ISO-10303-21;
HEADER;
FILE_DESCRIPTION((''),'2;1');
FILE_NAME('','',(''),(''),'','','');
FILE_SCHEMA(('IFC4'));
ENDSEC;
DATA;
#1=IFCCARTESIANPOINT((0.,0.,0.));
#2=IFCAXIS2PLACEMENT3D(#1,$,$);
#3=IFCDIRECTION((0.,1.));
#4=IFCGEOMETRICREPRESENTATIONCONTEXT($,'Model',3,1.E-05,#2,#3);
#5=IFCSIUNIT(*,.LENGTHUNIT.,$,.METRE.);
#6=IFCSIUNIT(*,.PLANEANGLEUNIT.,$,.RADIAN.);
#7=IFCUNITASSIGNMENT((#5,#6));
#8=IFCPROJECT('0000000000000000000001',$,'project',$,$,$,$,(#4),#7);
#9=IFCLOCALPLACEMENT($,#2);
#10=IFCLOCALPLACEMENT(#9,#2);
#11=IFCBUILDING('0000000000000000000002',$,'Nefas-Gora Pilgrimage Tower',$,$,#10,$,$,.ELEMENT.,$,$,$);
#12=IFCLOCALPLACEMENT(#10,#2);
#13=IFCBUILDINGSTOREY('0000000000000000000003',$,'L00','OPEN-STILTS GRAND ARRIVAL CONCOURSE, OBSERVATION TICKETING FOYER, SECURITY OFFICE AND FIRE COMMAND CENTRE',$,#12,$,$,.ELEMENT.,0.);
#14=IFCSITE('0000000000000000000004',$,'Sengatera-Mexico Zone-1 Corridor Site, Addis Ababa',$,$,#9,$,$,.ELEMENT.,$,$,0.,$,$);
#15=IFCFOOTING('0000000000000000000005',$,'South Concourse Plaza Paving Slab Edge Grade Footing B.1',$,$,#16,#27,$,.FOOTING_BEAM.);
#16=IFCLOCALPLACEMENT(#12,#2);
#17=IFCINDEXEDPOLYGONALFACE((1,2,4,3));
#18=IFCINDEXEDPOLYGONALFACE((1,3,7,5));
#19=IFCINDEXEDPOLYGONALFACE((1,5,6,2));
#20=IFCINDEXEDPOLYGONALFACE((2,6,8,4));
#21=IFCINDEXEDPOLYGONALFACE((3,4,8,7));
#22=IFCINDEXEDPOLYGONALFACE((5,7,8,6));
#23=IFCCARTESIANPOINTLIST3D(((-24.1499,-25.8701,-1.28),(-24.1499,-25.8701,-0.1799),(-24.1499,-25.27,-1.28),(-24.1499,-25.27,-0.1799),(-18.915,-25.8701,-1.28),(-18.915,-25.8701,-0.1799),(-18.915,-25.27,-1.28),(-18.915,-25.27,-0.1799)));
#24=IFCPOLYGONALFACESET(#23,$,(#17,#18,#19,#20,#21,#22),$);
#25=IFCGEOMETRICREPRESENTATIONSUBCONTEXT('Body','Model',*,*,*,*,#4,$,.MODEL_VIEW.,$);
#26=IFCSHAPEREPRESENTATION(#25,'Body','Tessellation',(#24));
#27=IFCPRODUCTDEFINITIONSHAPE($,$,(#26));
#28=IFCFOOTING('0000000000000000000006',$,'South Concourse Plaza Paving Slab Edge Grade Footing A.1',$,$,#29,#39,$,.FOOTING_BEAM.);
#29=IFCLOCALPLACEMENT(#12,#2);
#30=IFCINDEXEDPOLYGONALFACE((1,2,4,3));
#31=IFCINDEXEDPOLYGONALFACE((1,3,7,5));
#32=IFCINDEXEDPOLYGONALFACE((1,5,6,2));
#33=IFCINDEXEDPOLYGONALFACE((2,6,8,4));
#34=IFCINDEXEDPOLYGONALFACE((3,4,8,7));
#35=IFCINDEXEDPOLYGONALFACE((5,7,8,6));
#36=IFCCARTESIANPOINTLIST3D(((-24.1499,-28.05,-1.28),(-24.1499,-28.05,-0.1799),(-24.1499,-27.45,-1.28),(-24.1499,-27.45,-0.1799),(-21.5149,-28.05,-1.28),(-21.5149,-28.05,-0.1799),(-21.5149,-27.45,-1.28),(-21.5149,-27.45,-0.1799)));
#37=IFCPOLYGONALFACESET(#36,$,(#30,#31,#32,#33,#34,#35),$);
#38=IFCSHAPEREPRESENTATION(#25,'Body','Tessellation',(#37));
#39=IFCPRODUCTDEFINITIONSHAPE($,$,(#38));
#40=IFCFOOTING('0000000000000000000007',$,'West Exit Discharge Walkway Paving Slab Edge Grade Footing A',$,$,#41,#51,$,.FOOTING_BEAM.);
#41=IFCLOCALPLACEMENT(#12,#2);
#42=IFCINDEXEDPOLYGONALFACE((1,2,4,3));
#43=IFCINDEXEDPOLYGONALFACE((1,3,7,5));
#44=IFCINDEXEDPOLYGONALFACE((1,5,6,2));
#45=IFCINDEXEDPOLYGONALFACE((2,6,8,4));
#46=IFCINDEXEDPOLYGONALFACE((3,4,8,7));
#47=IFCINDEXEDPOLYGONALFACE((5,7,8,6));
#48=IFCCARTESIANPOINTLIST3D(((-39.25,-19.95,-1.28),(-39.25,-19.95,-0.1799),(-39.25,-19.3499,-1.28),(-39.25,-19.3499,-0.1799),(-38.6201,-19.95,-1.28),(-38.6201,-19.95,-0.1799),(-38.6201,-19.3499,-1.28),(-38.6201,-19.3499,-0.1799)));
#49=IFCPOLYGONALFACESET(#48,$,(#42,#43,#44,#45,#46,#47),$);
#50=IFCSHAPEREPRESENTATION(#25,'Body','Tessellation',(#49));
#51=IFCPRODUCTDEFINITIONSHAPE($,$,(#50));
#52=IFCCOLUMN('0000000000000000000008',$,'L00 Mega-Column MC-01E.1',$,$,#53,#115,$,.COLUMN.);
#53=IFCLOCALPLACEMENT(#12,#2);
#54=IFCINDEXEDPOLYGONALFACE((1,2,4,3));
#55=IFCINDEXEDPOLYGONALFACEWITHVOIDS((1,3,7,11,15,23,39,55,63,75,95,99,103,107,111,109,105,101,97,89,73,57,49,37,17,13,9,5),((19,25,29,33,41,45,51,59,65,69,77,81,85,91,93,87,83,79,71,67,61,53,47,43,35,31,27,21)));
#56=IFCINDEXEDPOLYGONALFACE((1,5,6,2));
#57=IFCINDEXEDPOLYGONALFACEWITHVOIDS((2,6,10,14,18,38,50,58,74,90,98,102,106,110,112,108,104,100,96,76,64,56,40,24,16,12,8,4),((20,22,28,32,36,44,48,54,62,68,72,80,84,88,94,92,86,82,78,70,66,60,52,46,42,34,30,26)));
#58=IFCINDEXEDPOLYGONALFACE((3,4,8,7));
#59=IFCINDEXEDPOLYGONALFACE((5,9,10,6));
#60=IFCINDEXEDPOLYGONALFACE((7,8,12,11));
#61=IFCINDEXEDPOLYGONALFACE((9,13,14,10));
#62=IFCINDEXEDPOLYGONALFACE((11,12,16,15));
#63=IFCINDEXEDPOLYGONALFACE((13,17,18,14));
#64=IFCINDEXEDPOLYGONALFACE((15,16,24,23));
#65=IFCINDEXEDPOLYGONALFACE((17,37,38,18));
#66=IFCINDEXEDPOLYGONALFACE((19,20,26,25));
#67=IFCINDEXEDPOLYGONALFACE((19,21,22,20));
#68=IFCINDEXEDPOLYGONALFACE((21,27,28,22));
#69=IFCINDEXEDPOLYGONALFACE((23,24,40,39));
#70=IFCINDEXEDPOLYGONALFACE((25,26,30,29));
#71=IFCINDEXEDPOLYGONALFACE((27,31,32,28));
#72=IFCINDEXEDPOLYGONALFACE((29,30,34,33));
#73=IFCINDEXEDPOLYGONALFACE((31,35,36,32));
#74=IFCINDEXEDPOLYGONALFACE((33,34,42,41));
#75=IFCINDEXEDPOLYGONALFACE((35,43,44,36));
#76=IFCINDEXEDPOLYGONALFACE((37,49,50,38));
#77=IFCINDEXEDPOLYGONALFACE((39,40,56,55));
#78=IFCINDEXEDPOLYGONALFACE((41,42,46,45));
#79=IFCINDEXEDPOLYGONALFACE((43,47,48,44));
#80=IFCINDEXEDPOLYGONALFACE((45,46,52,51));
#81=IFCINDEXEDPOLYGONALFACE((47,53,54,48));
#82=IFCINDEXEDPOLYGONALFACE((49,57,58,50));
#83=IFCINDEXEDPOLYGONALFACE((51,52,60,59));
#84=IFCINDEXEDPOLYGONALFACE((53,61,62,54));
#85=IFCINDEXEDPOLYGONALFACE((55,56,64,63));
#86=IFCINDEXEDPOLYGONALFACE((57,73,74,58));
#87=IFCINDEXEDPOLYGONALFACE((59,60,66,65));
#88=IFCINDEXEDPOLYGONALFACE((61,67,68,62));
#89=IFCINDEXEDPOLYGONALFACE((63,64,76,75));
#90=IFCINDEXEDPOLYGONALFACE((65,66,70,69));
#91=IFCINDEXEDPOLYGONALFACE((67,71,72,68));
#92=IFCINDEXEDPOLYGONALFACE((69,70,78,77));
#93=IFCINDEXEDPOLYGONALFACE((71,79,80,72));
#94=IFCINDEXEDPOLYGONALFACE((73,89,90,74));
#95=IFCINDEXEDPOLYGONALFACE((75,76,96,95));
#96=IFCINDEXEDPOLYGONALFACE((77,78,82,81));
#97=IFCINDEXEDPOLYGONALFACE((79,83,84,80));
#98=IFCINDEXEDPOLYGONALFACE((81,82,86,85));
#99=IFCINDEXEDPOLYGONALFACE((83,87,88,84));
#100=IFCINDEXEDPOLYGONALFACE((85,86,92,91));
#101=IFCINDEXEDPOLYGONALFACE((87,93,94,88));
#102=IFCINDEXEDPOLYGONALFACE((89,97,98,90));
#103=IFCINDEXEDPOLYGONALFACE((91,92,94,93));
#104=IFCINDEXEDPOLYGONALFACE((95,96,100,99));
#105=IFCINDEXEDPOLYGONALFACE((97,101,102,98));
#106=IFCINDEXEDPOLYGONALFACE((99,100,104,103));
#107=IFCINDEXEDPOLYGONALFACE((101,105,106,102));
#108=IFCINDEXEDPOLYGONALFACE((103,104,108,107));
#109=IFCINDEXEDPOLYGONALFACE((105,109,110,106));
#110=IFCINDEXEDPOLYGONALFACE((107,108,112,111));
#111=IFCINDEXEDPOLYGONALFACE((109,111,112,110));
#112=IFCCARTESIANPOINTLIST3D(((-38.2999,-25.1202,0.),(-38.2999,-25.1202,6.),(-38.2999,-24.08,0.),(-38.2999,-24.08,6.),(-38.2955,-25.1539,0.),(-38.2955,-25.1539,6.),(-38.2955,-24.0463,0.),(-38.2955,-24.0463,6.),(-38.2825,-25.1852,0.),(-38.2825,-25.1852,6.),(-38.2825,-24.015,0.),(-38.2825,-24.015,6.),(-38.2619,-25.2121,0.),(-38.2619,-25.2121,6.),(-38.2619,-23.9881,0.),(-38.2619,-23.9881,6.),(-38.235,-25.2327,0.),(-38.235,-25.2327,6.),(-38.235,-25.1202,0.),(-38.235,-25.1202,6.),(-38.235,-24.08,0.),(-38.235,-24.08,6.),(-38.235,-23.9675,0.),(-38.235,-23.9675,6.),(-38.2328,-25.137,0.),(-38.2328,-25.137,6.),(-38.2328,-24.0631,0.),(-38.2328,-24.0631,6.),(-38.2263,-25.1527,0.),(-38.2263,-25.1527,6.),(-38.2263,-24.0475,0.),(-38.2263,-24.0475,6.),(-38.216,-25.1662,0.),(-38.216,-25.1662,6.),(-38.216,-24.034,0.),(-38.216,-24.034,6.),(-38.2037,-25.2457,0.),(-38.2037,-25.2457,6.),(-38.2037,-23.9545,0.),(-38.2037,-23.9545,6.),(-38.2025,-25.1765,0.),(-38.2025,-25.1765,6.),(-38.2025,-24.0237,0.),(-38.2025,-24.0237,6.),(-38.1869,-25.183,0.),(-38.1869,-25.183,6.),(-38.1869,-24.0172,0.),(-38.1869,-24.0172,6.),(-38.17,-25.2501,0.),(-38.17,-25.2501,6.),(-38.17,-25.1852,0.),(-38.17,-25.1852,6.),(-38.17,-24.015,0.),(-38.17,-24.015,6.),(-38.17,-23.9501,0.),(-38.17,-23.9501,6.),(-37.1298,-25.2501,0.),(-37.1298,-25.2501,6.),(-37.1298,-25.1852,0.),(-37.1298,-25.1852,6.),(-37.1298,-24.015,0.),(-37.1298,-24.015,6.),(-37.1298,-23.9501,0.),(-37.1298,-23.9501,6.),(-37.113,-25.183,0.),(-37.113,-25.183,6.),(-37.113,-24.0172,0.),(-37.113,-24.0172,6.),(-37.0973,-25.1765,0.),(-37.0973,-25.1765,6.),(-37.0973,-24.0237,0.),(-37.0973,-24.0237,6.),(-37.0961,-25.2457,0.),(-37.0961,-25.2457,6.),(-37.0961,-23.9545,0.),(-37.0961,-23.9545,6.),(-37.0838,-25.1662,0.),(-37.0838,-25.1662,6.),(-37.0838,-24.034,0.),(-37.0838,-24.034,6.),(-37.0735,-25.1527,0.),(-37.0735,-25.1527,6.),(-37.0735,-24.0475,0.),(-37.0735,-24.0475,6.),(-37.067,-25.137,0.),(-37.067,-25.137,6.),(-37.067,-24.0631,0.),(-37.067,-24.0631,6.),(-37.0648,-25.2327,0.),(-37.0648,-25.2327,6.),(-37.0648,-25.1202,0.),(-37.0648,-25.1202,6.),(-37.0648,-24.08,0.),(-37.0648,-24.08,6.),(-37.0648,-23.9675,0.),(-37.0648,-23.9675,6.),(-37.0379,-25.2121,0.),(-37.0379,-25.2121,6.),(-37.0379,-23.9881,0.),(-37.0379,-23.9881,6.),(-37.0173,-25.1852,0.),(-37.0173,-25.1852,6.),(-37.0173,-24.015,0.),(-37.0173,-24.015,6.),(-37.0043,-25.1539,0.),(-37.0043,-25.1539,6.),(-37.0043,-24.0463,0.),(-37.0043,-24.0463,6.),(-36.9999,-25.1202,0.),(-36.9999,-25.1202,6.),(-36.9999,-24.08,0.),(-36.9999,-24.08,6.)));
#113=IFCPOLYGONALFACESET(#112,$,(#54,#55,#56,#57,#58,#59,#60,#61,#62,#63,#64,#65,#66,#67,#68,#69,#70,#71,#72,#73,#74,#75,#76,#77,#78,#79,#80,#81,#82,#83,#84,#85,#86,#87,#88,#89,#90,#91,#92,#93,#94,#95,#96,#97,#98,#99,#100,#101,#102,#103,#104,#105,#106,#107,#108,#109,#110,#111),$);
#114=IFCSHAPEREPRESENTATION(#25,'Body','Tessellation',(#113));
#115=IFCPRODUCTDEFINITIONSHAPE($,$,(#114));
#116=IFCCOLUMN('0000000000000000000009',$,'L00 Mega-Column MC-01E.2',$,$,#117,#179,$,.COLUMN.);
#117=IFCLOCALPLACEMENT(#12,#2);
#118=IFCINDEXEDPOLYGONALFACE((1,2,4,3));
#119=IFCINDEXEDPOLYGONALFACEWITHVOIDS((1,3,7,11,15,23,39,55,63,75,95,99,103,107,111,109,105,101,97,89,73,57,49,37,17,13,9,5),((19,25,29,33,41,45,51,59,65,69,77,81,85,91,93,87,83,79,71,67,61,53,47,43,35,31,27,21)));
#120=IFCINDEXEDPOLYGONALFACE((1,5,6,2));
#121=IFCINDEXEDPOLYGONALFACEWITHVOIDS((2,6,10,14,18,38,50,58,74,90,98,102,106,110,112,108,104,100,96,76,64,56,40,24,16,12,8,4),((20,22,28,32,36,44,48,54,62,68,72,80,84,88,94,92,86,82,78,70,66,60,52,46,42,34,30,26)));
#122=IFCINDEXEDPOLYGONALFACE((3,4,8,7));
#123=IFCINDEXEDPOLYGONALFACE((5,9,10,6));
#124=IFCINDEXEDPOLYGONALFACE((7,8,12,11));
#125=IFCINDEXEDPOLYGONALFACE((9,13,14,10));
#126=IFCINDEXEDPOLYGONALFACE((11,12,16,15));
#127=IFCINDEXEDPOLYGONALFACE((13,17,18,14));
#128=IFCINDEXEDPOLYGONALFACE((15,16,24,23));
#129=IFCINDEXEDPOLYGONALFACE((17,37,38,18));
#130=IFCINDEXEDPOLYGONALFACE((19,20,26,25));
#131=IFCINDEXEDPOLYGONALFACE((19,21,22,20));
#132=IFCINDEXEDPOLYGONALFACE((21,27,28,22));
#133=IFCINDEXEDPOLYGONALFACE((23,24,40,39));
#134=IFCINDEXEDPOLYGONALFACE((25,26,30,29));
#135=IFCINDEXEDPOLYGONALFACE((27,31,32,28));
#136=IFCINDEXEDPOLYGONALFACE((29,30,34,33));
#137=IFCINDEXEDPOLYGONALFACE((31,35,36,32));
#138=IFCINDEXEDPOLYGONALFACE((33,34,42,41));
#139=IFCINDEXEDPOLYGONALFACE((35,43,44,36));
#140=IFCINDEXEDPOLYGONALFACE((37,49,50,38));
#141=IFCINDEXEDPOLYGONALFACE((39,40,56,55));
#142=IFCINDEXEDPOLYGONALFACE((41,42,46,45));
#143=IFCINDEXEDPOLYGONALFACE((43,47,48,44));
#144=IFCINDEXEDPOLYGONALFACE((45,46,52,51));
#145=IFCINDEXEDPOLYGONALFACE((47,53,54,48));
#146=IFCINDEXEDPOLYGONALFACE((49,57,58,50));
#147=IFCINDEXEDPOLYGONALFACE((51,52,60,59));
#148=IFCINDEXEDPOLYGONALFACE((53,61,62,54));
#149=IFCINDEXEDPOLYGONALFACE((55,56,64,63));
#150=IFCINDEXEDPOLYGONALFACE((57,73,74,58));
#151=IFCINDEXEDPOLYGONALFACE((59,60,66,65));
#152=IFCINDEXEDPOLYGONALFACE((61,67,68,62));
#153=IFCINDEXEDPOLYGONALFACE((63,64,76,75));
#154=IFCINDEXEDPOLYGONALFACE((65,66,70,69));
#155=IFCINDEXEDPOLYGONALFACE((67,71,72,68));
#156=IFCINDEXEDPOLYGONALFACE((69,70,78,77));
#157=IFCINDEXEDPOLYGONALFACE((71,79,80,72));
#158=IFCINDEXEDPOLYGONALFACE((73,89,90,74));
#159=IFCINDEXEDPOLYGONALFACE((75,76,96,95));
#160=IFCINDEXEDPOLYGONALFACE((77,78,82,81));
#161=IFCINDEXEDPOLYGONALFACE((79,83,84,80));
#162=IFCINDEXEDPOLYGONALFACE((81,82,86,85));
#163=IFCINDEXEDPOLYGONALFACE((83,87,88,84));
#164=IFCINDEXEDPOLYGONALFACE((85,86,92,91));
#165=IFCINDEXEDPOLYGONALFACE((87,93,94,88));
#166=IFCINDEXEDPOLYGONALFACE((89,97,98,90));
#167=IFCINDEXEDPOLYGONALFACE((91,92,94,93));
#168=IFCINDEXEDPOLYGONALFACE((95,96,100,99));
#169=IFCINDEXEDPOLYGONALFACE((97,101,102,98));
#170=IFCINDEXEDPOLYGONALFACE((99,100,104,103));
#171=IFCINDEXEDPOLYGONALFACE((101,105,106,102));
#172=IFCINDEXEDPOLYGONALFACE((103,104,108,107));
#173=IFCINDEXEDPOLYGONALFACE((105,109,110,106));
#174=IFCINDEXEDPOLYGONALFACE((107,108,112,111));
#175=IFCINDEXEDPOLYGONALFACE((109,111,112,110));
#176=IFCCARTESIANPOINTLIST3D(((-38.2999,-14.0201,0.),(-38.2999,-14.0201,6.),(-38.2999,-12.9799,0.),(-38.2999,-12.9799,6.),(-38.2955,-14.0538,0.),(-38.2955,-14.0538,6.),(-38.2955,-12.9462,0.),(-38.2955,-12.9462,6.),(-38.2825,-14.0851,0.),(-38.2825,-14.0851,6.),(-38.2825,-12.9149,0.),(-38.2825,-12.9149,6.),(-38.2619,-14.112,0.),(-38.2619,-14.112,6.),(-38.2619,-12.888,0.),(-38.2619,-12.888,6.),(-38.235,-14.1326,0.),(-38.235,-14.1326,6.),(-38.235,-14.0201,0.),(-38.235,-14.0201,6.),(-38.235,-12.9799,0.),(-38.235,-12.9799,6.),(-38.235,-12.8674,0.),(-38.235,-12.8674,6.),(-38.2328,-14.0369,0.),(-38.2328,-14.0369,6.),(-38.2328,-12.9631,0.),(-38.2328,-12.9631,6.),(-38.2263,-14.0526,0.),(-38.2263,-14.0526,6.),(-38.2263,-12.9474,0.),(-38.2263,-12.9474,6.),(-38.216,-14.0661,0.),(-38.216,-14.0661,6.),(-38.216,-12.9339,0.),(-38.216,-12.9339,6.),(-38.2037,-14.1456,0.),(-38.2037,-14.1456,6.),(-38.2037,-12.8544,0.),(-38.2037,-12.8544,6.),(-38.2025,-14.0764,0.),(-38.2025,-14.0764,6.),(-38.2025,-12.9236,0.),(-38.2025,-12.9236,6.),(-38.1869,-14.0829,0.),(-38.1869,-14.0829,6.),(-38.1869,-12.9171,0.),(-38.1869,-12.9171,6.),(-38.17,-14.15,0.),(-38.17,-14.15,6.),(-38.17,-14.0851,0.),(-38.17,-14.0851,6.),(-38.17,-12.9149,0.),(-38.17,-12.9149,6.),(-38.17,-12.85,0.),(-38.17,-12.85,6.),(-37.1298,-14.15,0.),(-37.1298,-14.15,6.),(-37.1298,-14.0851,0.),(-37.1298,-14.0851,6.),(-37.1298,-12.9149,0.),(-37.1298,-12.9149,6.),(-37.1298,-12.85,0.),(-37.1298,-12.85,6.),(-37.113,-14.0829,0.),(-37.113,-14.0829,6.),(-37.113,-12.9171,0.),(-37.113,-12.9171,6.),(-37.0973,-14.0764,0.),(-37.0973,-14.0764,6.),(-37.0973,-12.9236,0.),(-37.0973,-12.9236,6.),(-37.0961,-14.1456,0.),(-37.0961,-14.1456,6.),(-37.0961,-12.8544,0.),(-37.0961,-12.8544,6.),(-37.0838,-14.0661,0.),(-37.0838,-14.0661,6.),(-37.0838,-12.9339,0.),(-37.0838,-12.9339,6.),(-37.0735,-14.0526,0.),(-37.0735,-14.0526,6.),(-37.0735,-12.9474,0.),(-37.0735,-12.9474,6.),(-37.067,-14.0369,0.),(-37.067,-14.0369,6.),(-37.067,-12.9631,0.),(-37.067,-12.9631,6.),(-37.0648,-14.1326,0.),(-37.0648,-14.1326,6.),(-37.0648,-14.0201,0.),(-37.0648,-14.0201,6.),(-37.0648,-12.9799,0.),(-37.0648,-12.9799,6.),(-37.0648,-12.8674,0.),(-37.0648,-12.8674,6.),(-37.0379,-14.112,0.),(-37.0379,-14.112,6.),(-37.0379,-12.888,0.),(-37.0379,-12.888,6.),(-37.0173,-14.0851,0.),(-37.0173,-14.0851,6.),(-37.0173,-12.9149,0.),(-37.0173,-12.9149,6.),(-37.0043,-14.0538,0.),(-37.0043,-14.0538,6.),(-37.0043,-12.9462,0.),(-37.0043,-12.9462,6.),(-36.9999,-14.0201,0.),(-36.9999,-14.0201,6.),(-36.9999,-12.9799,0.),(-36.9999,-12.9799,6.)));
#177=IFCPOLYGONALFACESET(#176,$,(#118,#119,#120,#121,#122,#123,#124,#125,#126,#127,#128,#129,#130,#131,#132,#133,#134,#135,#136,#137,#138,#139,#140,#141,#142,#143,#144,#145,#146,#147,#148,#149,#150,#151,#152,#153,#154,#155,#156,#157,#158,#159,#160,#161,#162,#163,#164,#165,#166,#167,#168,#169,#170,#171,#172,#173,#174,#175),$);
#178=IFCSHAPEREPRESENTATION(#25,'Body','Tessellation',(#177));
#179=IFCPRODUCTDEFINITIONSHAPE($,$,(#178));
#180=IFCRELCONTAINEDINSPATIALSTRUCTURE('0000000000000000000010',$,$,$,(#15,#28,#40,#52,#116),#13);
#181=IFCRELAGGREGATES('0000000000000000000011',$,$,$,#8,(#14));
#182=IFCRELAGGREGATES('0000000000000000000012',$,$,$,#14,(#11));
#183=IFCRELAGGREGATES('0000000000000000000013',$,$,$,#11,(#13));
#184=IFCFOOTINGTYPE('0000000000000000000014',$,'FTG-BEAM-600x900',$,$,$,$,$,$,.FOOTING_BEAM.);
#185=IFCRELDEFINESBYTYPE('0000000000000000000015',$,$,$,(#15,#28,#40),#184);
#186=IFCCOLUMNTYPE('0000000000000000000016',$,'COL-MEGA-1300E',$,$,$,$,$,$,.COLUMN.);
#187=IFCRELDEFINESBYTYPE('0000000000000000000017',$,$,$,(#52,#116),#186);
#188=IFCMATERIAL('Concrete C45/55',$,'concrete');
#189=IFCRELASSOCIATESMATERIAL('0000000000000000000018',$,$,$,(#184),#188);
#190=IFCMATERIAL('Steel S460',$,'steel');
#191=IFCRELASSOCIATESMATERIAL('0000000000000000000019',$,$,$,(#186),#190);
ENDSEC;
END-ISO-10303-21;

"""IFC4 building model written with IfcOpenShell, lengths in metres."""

from ifc_helpers import new_model, si_unit, direction, frame, origin, origin_2d, place, context, subcontext, project, spatial, rectangle, hollow_rectangle, extrude, source, transform, mapped, material, material_profile, profile_set, type_object, element, save


model = new_model("IFC4")

# Units and contexts
model_context = context("Model", 3, precision=1e-05, world=origin(), true_north=direction((0.0, 1.0)))
body_context = subcontext(model_context, "Body", "Model", "MODEL_VIEW")
ifc_project = project(units=[si_unit("LENGTHUNIT", "METRE"), si_unit("PLANEANGLEUNIT", "RADIAN")], contexts=[model_context])

# Site, building, storey
site_placement = place(None, origin())
site = spatial("IfcSite", under=ifc_project, at=site_placement, Name="Sengatera-Mexico Zone-1 Corridor Site, Addis Ababa", CompositionType="ELEMENT", RefElevation=0.0)
building_placement = place(site_placement, origin())
building = spatial("IfcBuilding", under=site, at=building_placement, Name="Nefas-Gora Pilgrimage Tower", CompositionType="ELEMENT")
storey_placement = place(building_placement, origin())
storey = spatial("IfcBuildingStorey", under=building, at=storey_placement, Name="L00", Description="OPEN-STILTS GRAND ARRIVAL CONCOURSE, OBSERVATION TICKETING FOYER, SECURITY OFFICE AND FIRE COMMAND CENTRE", CompositionType="ELEMENT", Elevation=0.0)

# Footings
ifc_material_1 = material(Name="Concrete C45/55", Category="concrete")
ifc_material_profile_1 = material_profile(ifc_material_1, rectangle(XDim=0.6001, YDim=1.1001, at=origin_2d()), Name="RC 600x1100")
ifc_profile_set_1 = profile_set([ifc_material_profile_1], Name="Concrete C45/55")
footing_type = type_object("IfcFootingType", Name="FTG-BEAM-600x900", PredefinedType="FOOTING_BEAM", material=ifc_profile_set_1)
shared_shape_1 = source(origin(), body_context, "Body", "SweptSolid", [
    extrude(rectangle(XDim=0.6001, YDim=1.1001, at=origin_2d()), origin(), (0.0, 0.0, 1.0), 5.2349),
])
footing_1_placement = place(storey_placement, frame((-24.1499, -25.5701, -0.73), z_axis=(1.0, 0.0, 0.0), x_axis=(0.0, 1.0, 0.0)))
element("IfcFooting", 1, at=footing_1_placement, inside=storey, type_object=footing_type, Name="South Concourse Plaza Paving Slab Edge Grade Footing B.1", PredefinedType="FOOTING_BEAM", context=body_context, shape_type="MappedRepresentation", body=[
    mapped(shared_shape_1, transform((0.0, 0.0, 0.0), x_axis=(1.0, 0.0, 0.0), y_axis=(0.0, 1.0, 0.0), z_axis=(0.0, 0.0, 1.0), scale=1.0)),
])
shared_shape_2 = source(origin(), body_context, "Body", "SweptSolid", [
    extrude(rectangle(XDim=0.6001, YDim=1.1001, at=origin_2d()), origin(), (0.0, 0.0, 1.0), 2.635),
])
footing_2_placement = place(storey_placement, frame((-24.1499, -27.75, -0.73), z_axis=(1.0, 0.0, 0.0), x_axis=(0.0, 1.0, 0.0)))
element("IfcFooting", 2, at=footing_2_placement, inside=storey, type_object=footing_type, Name="South Concourse Plaza Paving Slab Edge Grade Footing A.1", PredefinedType="FOOTING_BEAM", context=body_context, shape_type="MappedRepresentation", body=[
    mapped(shared_shape_2, transform((0.0, 0.0, 0.0), x_axis=(1.0, 0.0, 0.0), y_axis=(0.0, 1.0, 0.0), z_axis=(0.0, 0.0, 1.0), scale=1.0)),
])
shared_shape_3 = source(origin(), body_context, "Body", "SweptSolid", [
    extrude(rectangle(XDim=0.6001, YDim=1.1001, at=origin_2d()), origin(), (0.0, 0.0, 1.0), 0.6299),
])
footing_3_placement = place(storey_placement, frame((-39.25, -19.6499, -0.73), z_axis=(1.0, 0.0, 0.0), x_axis=(0.0, 1.0, 0.0)))
element("IfcFooting", 3, at=footing_3_placement, inside=storey, type_object=footing_type, Name="West Exit Discharge Walkway Paving Slab Edge Grade Footing A", PredefinedType="FOOTING_BEAM", context=body_context, shape_type="MappedRepresentation", body=[
    mapped(shared_shape_3, transform((0.0, 0.0, 0.0), x_axis=(1.0, 0.0, 0.0), y_axis=(0.0, 1.0, 0.0), z_axis=(0.0, 0.0, 1.0), scale=1.0)),
])

# Columns
ifc_material_2 = material(Name="Steel S460", Category="steel")
ifc_material_profile_2 = material_profile(ifc_material_2, hollow_rectangle(XDim=1.3, YDim=1.3, WallThickness=0.0649, InnerFilletRadius=0.0649, OuterFilletRadius=0.1299, at=origin_2d()), Name="BOX 1300x1300x65")
ifc_profile_set_2 = profile_set([ifc_material_profile_2], Name="Steel S460")
column_type = type_object("IfcColumnType", Name="COL-MEGA-1300E", PredefinedType="COLUMN", material=ifc_profile_set_2)
shared_shape_4 = source(origin(), body_context, "Body", "SweptSolid", [
    extrude(hollow_rectangle(XDim=1.3, YDim=1.3, WallThickness=0.0649, InnerFilletRadius=0.0649, OuterFilletRadius=0.1299, at=origin_2d()), origin(), (0.0, 0.0, 1.0), 6.0),
])
for number, where, z_axis, x_axis, name in (
    (4, (-37.6499, -24.6001, 0.0), (0.0, 0.0, 1.0), (1.0, 0.0, 0.0), "L00 Mega-Column MC-01E.1"),
    (5, (-37.6499, -13.5, 0.0), (0.0, 0.0, 1.0), (1.0, 0.0, 0.0), "L00 Mega-Column MC-01E.2"),
):
    element("IfcColumn", number, at=place(storey_placement, frame(where, z_axis=z_axis, x_axis=x_axis)), inside=storey, type_object=column_type, Name=name, PredefinedType="COLUMN", context=body_context, shape_type="MappedRepresentation", body=[
        mapped(shared_shape_4, transform((0.0, 0.0, 0.0), x_axis=(1.0, 0.0, 0.0), y_axis=(0.0, 1.0, 0.0), z_axis=(0.0, 0.0, 1.0), scale=1.0)),
    ])

save(model, "model.ifc")
